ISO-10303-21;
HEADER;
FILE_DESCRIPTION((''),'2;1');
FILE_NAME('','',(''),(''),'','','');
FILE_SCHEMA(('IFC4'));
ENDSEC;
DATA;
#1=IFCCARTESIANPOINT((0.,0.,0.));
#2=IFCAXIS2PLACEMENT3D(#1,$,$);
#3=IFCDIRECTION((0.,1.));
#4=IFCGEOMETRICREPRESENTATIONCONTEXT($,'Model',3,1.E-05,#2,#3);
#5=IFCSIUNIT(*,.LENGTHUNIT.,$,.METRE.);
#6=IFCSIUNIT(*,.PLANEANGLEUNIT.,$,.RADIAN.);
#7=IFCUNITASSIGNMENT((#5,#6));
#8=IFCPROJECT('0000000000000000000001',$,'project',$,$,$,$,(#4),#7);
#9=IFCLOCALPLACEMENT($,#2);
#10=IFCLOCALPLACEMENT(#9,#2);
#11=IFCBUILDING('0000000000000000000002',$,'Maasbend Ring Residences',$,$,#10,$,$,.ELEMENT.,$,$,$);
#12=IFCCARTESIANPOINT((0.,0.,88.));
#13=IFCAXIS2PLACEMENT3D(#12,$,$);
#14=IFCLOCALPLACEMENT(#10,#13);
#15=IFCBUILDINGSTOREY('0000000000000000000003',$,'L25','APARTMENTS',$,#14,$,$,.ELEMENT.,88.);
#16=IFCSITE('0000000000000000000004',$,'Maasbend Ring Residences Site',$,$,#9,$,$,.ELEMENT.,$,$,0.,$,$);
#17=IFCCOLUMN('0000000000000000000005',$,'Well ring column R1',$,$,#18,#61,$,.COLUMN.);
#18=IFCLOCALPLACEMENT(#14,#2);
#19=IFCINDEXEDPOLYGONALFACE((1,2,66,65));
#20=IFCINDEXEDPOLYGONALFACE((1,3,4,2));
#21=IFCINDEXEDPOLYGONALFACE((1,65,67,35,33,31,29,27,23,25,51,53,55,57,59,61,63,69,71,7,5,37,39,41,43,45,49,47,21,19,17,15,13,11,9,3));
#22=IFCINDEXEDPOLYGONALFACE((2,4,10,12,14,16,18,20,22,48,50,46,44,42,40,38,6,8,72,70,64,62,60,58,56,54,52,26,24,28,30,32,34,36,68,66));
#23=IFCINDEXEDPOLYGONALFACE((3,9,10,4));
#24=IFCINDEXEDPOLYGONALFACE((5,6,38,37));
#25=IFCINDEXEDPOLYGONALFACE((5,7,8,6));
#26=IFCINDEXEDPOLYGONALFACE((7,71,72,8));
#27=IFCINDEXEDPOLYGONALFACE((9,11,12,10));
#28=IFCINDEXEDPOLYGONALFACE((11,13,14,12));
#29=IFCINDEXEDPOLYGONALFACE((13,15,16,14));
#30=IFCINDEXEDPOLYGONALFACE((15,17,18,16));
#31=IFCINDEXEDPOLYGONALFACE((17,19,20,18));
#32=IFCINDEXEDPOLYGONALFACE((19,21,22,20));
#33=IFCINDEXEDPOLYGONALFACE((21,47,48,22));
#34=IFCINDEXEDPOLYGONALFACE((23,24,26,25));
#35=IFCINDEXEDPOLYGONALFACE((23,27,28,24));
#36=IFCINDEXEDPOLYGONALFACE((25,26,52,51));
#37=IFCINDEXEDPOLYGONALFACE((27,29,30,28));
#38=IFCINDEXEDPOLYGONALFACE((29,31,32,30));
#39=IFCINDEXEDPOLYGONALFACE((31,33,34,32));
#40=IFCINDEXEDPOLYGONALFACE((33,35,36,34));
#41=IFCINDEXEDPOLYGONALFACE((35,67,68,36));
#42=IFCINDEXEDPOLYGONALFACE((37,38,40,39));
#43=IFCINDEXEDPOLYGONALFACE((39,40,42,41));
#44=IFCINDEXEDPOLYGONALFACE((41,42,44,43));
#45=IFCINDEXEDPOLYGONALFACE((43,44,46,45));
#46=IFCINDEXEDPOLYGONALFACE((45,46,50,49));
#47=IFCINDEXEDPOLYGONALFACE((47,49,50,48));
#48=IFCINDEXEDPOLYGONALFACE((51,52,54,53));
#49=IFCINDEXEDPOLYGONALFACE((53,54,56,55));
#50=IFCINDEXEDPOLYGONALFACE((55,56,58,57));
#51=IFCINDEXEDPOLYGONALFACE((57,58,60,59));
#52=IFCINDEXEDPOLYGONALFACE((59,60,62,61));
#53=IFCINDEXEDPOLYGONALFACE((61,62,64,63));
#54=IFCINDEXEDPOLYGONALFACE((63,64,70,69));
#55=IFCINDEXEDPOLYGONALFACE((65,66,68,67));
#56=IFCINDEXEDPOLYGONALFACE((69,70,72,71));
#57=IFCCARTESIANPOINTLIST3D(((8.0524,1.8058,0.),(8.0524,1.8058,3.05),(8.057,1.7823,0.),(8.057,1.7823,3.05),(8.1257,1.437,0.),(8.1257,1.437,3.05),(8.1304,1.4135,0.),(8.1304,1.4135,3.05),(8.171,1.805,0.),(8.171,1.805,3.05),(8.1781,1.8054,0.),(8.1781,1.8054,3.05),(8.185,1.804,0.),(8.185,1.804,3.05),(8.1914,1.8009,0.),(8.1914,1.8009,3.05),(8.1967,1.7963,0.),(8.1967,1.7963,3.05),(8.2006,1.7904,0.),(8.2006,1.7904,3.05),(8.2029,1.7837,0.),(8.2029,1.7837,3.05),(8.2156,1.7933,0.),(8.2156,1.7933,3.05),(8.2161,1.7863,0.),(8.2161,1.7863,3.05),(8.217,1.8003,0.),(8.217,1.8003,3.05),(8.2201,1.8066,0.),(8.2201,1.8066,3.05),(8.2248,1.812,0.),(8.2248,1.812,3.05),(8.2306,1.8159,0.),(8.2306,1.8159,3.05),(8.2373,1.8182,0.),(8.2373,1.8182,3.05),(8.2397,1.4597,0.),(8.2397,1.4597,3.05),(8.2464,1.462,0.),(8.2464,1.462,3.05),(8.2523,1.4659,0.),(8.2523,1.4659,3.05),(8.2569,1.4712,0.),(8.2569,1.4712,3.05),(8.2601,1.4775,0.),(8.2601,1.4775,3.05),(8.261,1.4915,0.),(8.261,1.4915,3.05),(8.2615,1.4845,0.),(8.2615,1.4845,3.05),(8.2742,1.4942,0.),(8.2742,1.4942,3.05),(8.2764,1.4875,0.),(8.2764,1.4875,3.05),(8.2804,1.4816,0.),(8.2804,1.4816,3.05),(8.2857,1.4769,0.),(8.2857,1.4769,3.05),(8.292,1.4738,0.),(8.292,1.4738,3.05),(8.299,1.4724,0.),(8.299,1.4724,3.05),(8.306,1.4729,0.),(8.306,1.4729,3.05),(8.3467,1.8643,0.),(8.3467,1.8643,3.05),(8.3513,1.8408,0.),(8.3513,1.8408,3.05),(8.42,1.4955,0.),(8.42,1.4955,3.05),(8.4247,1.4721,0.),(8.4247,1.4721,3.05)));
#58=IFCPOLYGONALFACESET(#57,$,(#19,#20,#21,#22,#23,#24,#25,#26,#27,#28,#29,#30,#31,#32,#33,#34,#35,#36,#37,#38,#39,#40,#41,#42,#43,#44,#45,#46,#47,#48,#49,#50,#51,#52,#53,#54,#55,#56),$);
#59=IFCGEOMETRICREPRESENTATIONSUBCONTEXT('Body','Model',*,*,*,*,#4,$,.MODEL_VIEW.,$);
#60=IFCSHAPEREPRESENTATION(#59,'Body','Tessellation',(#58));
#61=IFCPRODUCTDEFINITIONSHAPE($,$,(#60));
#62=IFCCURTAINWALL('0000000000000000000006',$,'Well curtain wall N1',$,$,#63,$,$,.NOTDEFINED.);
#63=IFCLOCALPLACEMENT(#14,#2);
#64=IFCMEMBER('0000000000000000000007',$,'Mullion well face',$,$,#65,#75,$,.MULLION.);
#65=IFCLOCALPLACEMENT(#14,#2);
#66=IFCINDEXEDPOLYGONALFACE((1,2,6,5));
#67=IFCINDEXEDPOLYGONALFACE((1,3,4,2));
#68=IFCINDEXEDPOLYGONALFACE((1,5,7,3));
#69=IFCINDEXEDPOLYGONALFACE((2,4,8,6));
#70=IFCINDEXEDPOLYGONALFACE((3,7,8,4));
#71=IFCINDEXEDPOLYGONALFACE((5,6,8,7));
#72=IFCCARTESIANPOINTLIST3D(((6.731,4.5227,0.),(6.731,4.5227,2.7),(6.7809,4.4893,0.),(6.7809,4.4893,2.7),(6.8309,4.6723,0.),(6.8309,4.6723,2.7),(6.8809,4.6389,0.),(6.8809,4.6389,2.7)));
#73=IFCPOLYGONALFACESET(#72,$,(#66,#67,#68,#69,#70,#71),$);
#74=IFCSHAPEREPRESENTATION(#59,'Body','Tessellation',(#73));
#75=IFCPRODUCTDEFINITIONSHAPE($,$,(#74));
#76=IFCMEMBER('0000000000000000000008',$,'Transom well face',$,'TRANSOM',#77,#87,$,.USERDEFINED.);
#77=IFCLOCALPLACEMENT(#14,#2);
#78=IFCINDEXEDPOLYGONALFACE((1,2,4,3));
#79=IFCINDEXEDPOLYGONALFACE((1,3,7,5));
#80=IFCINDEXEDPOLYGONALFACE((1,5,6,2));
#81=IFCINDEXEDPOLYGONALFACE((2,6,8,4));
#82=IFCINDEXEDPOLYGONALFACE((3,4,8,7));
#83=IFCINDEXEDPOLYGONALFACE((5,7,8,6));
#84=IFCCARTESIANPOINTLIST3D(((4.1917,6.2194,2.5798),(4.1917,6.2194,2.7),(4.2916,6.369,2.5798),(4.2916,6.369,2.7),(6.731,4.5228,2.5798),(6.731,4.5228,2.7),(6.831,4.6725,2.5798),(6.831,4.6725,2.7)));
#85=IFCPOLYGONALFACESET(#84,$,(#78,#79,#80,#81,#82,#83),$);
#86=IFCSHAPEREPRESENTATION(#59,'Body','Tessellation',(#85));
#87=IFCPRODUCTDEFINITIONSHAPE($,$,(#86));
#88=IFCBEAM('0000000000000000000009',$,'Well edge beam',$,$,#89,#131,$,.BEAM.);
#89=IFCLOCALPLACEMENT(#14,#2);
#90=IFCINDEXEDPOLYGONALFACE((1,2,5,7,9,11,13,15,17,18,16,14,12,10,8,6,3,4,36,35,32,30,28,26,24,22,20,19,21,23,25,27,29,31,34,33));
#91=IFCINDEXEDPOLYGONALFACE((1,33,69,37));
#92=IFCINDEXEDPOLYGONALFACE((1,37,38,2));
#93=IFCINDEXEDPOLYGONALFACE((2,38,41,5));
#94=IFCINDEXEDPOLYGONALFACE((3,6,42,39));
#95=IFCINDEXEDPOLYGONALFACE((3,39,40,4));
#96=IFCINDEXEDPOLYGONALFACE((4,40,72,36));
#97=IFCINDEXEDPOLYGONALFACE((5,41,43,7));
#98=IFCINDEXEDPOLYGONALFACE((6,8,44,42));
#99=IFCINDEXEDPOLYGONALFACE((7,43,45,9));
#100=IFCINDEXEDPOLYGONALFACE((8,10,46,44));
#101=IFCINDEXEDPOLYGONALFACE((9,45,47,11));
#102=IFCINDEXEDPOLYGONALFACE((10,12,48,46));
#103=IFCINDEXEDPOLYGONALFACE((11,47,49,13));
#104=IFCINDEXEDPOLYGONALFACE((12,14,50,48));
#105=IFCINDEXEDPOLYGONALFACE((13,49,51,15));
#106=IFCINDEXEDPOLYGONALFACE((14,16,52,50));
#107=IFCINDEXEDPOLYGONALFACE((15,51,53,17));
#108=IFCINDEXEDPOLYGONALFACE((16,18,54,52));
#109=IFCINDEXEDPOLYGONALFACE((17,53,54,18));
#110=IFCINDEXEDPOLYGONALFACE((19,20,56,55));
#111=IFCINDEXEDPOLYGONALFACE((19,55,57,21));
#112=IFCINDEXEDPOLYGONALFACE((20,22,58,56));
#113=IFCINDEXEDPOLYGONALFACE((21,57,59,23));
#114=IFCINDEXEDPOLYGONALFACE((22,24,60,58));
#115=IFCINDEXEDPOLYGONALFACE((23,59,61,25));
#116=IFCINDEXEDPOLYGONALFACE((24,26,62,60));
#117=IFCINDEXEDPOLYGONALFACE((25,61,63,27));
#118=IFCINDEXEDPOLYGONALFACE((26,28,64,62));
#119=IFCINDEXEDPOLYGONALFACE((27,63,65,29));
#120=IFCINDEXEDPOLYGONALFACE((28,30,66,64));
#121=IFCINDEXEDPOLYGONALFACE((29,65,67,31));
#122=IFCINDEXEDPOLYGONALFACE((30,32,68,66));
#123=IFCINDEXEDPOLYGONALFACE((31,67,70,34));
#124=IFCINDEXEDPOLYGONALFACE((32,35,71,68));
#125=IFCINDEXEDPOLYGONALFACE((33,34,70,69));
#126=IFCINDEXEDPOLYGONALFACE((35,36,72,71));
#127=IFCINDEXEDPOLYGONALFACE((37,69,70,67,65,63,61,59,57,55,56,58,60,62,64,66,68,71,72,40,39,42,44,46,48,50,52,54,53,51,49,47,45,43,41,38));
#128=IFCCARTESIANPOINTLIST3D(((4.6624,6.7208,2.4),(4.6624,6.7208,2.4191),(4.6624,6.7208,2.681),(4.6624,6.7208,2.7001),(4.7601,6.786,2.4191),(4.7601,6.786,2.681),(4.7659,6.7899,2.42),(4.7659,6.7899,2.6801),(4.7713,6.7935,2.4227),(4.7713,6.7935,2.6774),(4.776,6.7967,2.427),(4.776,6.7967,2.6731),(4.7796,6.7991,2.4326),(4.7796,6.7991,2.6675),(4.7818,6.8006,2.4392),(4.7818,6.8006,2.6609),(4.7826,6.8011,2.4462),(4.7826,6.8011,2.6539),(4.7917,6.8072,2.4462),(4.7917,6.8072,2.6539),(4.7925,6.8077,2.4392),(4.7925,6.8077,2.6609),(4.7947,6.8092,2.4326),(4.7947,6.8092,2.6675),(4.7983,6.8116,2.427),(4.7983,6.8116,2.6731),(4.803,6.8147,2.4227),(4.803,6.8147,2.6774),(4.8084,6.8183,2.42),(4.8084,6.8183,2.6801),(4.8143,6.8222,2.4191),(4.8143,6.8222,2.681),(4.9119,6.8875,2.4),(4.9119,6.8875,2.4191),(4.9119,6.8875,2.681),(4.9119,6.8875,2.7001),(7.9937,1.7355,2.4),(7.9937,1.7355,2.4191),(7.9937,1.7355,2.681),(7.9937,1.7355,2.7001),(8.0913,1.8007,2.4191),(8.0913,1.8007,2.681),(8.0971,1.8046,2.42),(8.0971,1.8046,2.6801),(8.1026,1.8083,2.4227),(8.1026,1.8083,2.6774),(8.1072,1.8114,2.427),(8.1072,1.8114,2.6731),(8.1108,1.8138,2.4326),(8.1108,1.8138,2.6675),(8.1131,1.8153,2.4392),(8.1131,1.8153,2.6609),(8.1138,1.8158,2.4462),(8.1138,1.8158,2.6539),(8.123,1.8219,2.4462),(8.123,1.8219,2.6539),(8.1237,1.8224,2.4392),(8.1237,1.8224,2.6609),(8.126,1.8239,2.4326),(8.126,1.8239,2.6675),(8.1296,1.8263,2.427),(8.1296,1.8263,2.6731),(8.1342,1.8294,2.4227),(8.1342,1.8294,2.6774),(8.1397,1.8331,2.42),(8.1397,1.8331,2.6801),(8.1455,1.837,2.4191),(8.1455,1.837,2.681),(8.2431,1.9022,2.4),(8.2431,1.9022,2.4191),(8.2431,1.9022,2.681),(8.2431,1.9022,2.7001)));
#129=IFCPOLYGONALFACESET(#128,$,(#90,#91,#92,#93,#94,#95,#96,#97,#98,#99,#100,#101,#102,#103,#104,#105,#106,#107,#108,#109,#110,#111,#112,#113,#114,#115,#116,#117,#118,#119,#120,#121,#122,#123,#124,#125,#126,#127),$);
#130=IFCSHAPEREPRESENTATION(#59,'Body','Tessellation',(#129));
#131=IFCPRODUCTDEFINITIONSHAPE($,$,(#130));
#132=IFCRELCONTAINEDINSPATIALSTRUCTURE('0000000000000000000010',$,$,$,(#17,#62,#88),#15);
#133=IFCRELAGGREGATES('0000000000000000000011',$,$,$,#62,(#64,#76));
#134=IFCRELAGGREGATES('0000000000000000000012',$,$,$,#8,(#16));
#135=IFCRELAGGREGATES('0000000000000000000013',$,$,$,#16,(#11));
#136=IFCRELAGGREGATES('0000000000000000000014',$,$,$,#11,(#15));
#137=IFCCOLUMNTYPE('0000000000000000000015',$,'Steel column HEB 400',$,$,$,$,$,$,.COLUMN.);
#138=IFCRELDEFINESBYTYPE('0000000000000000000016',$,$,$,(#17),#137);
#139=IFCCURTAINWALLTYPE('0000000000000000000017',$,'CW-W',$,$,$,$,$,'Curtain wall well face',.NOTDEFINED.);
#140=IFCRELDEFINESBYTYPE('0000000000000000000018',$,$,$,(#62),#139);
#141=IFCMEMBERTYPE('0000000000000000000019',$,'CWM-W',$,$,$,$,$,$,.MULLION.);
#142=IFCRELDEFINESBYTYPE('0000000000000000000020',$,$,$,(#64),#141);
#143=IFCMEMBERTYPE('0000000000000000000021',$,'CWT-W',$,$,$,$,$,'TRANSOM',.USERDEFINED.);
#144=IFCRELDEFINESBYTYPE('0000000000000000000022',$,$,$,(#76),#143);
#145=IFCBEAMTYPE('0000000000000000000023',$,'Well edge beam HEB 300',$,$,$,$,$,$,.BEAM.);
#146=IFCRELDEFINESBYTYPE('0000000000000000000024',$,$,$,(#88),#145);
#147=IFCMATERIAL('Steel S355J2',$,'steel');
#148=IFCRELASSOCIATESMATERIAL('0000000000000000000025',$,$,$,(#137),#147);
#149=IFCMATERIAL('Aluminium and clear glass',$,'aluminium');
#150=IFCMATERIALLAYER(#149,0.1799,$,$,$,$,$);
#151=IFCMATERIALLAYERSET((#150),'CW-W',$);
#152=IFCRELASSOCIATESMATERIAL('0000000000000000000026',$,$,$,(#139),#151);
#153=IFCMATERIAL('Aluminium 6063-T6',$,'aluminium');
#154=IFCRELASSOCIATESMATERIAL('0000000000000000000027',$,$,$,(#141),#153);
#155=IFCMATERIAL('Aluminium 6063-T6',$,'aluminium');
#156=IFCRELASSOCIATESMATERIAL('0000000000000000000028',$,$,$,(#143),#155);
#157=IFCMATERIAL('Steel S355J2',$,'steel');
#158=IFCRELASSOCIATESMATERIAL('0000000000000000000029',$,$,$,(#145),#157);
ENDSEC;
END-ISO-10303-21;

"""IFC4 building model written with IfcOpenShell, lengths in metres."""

from ifc_helpers import new_model, si_unit, direction, frame, origin, origin_2d, place, context, subcontext, project, spatial, rectangle, i_section, extrude, material, layer, layer_set, material_profile, profile_set, type_object, element, aggregate, save


model = new_model("IFC4")

# Units and contexts
model_context = context("Model", 3, precision=1e-05, world=origin(), true_north=direction((0.0, 1.0)))
body_context = subcontext(model_context, "Body", "Model", "MODEL_VIEW")
ifc_project = project(units=[si_unit("LENGTHUNIT", "METRE"), si_unit("PLANEANGLEUNIT", "RADIAN")], contexts=[model_context])

# Site, building, storey
site_placement = place(None, origin())
site = spatial("IfcSite", under=ifc_project, at=site_placement, Name="Maasbend Ring Residences Site", CompositionType="ELEMENT", RefElevation=0.0)
building_placement = place(site_placement, origin())
building = spatial("IfcBuilding", under=site, at=building_placement, Name="Maasbend Ring Residences", CompositionType="ELEMENT")
storey_placement = place(building_placement, frame((0.0, 0.0, 88.0)))
storey = spatial("IfcBuildingStorey", under=building, at=storey_placement, Name="L25", Description="APARTMENTS", CompositionType="ELEMENT", Elevation=88.0)

# Column
ifc_material_1 = material(Name="Steel S355J2", Category="steel")
ifc_material_profile_1 = material_profile(ifc_material_1, i_section(OverallWidth=0.3, OverallDepth=0.3999, WebThickness=0.0134, FlangeThickness=0.0239, FilletRadius=0.0271, at=origin_2d()), Name="HEB 400")
ifc_profile_set_1 = profile_set([ifc_material_profile_1], Name="Steel S355J2")
column_type = type_object("IfcColumnType", Name="Steel column HEB 400", PredefinedType="COLUMN", material=ifc_profile_set_1)
column_placement = place(storey_placement, frame((8.2385, 1.6389, 0.0), z_axis=(0.0, 0.0, 1.0), x_axis=(0.980785, 0.19509, 0.0)))
element("IfcColumn", 1, at=column_placement, inside=storey, type_object=column_type, Name="Well ring column R1", PredefinedType="COLUMN", context=body_context, shape_type="SweptSolid", body=[
    extrude(i_section(OverallWidth=0.3, OverallDepth=0.3999, WebThickness=0.0134, FlangeThickness=0.0239, FilletRadius=0.0271, at=origin_2d()), origin(), (0.0, 0.0, 1.0), 3.05),
])

# Curtain wall, members
ifc_material_2 = material(Name="Aluminium and clear glass", Category="aluminium")
ifc_layer_1 = layer(ifc_material_2, 0.1799)
ifc_layer_set_1 = layer_set([ifc_layer_1], Name="CW-W")
curtain_wall_type = type_object("IfcCurtainWallType", Name="CW-W", ElementType="Curtain wall well face", PredefinedType="NOTDEFINED", material=ifc_layer_set_1)
curtain_wall_placement = place(storey_placement, origin())
curtain_wall = element("IfcCurtainWall", 2, at=curtain_wall_placement, inside=storey, type_object=curtain_wall_type, Name="Well curtain wall N1", PredefinedType="NOTDEFINED")
ifc_material_3 = material(Name="Aluminium 6063-T6", Category="aluminium")
ifc_material_profile_2 = material_profile(ifc_material_3, rectangle(XDim=0.1799, YDim=0.0601, at=origin_2d()), Name="AL 180x60")
ifc_profile_set_2 = profile_set([ifc_material_profile_2], Name="Aluminium 6063-T6")
member_type_1 = type_object("IfcMemberType", Name="CWM-W", PredefinedType="MULLION", material=ifc_profile_set_2)
member_1_placement = place(storey_placement, frame((6.8059, 4.5808, 0.0), z_axis=(0.0, 0.0, 1.0), x_axis=(-0.55557, -0.83147, 0.0)))
member_1 = element("IfcMember", 3, at=member_1_placement, type_object=member_type_1, Name="Mullion well face", PredefinedType="MULLION", context=body_context, shape_type="SweptSolid", body=[
    extrude(rectangle(XDim=0.1799, YDim=0.0601, at=origin_2d()), origin(), (0.0, 0.0, 1.0), 2.7),
])
ifc_material_4 = material(Name="Aluminium 6063-T6", Category="aluminium")
ifc_material_profile_3 = material_profile(ifc_material_4, rectangle(XDim=0.1799, YDim=0.1201, at=origin_2d()), Name="AL 180x120")
ifc_profile_set_3 = profile_set([ifc_material_profile_3], Name="Aluminium 6063-T6")
member_type_2 = type_object("IfcMemberType", Name="CWT-W", ElementType="TRANSOM", PredefinedType="USERDEFINED", material=ifc_profile_set_3)
member_2_placement = place(storey_placement, frame((6.781, 4.5977, 2.6399), z_axis=(-0.831496, 0.55553, 0.0), x_axis=(-0.55553, -0.831496, 0.0)))
member_2 = element("IfcMember", 4, at=member_2_placement, type_object=member_type_2, Name="Transom well face", ObjectType="TRANSOM", PredefinedType="USERDEFINED", context=body_context, shape_type="SweptSolid", body=[
    extrude(rectangle(XDim=0.1799, YDim=0.1201, at=origin_2d()), origin(), (0.0, 0.0, 1.0), 3.054),
])
aggregate(curtain_wall, [member_1, member_2])

# Beam
ifc_material_5 = material(Name="Steel S355J2", Category="steel")
ifc_material_profile_4 = material_profile(ifc_material_5, i_section(OverallWidth=0.3, OverallDepth=0.3, WebThickness=0.011, FlangeThickness=0.019, FilletRadius=0.0271, at=origin_2d()), Name="HEB 300")
ifc_profile_set_4 = profile_set([ifc_material_profile_4], Name="Steel S355J2")
beam_type = type_object("IfcBeamType", Name="Well edge beam HEB 300", PredefinedType="BEAM", material=ifc_profile_set_4)
beam_placement = place(storey_placement, frame((8.1184, 1.8188, 2.55), z_axis=(-0.555593, 0.831455, 0.0), x_axis=(-0.831455, -0.555593, 0.0)))
element("IfcBeam", 5, at=beam_placement, inside=storey, type_object=beam_type, Name="Well edge beam", PredefinedType="BEAM", context=body_context, shape_type="SweptSolid", body=[
    extrude(i_section(OverallWidth=0.3, OverallDepth=0.3, WebThickness=0.011, FlangeThickness=0.019, FilletRadius=0.0271, at=origin_2d()), origin(), (0.0, 0.0, 1.0), 5.9958),
])

save(model, "model.ifc")
